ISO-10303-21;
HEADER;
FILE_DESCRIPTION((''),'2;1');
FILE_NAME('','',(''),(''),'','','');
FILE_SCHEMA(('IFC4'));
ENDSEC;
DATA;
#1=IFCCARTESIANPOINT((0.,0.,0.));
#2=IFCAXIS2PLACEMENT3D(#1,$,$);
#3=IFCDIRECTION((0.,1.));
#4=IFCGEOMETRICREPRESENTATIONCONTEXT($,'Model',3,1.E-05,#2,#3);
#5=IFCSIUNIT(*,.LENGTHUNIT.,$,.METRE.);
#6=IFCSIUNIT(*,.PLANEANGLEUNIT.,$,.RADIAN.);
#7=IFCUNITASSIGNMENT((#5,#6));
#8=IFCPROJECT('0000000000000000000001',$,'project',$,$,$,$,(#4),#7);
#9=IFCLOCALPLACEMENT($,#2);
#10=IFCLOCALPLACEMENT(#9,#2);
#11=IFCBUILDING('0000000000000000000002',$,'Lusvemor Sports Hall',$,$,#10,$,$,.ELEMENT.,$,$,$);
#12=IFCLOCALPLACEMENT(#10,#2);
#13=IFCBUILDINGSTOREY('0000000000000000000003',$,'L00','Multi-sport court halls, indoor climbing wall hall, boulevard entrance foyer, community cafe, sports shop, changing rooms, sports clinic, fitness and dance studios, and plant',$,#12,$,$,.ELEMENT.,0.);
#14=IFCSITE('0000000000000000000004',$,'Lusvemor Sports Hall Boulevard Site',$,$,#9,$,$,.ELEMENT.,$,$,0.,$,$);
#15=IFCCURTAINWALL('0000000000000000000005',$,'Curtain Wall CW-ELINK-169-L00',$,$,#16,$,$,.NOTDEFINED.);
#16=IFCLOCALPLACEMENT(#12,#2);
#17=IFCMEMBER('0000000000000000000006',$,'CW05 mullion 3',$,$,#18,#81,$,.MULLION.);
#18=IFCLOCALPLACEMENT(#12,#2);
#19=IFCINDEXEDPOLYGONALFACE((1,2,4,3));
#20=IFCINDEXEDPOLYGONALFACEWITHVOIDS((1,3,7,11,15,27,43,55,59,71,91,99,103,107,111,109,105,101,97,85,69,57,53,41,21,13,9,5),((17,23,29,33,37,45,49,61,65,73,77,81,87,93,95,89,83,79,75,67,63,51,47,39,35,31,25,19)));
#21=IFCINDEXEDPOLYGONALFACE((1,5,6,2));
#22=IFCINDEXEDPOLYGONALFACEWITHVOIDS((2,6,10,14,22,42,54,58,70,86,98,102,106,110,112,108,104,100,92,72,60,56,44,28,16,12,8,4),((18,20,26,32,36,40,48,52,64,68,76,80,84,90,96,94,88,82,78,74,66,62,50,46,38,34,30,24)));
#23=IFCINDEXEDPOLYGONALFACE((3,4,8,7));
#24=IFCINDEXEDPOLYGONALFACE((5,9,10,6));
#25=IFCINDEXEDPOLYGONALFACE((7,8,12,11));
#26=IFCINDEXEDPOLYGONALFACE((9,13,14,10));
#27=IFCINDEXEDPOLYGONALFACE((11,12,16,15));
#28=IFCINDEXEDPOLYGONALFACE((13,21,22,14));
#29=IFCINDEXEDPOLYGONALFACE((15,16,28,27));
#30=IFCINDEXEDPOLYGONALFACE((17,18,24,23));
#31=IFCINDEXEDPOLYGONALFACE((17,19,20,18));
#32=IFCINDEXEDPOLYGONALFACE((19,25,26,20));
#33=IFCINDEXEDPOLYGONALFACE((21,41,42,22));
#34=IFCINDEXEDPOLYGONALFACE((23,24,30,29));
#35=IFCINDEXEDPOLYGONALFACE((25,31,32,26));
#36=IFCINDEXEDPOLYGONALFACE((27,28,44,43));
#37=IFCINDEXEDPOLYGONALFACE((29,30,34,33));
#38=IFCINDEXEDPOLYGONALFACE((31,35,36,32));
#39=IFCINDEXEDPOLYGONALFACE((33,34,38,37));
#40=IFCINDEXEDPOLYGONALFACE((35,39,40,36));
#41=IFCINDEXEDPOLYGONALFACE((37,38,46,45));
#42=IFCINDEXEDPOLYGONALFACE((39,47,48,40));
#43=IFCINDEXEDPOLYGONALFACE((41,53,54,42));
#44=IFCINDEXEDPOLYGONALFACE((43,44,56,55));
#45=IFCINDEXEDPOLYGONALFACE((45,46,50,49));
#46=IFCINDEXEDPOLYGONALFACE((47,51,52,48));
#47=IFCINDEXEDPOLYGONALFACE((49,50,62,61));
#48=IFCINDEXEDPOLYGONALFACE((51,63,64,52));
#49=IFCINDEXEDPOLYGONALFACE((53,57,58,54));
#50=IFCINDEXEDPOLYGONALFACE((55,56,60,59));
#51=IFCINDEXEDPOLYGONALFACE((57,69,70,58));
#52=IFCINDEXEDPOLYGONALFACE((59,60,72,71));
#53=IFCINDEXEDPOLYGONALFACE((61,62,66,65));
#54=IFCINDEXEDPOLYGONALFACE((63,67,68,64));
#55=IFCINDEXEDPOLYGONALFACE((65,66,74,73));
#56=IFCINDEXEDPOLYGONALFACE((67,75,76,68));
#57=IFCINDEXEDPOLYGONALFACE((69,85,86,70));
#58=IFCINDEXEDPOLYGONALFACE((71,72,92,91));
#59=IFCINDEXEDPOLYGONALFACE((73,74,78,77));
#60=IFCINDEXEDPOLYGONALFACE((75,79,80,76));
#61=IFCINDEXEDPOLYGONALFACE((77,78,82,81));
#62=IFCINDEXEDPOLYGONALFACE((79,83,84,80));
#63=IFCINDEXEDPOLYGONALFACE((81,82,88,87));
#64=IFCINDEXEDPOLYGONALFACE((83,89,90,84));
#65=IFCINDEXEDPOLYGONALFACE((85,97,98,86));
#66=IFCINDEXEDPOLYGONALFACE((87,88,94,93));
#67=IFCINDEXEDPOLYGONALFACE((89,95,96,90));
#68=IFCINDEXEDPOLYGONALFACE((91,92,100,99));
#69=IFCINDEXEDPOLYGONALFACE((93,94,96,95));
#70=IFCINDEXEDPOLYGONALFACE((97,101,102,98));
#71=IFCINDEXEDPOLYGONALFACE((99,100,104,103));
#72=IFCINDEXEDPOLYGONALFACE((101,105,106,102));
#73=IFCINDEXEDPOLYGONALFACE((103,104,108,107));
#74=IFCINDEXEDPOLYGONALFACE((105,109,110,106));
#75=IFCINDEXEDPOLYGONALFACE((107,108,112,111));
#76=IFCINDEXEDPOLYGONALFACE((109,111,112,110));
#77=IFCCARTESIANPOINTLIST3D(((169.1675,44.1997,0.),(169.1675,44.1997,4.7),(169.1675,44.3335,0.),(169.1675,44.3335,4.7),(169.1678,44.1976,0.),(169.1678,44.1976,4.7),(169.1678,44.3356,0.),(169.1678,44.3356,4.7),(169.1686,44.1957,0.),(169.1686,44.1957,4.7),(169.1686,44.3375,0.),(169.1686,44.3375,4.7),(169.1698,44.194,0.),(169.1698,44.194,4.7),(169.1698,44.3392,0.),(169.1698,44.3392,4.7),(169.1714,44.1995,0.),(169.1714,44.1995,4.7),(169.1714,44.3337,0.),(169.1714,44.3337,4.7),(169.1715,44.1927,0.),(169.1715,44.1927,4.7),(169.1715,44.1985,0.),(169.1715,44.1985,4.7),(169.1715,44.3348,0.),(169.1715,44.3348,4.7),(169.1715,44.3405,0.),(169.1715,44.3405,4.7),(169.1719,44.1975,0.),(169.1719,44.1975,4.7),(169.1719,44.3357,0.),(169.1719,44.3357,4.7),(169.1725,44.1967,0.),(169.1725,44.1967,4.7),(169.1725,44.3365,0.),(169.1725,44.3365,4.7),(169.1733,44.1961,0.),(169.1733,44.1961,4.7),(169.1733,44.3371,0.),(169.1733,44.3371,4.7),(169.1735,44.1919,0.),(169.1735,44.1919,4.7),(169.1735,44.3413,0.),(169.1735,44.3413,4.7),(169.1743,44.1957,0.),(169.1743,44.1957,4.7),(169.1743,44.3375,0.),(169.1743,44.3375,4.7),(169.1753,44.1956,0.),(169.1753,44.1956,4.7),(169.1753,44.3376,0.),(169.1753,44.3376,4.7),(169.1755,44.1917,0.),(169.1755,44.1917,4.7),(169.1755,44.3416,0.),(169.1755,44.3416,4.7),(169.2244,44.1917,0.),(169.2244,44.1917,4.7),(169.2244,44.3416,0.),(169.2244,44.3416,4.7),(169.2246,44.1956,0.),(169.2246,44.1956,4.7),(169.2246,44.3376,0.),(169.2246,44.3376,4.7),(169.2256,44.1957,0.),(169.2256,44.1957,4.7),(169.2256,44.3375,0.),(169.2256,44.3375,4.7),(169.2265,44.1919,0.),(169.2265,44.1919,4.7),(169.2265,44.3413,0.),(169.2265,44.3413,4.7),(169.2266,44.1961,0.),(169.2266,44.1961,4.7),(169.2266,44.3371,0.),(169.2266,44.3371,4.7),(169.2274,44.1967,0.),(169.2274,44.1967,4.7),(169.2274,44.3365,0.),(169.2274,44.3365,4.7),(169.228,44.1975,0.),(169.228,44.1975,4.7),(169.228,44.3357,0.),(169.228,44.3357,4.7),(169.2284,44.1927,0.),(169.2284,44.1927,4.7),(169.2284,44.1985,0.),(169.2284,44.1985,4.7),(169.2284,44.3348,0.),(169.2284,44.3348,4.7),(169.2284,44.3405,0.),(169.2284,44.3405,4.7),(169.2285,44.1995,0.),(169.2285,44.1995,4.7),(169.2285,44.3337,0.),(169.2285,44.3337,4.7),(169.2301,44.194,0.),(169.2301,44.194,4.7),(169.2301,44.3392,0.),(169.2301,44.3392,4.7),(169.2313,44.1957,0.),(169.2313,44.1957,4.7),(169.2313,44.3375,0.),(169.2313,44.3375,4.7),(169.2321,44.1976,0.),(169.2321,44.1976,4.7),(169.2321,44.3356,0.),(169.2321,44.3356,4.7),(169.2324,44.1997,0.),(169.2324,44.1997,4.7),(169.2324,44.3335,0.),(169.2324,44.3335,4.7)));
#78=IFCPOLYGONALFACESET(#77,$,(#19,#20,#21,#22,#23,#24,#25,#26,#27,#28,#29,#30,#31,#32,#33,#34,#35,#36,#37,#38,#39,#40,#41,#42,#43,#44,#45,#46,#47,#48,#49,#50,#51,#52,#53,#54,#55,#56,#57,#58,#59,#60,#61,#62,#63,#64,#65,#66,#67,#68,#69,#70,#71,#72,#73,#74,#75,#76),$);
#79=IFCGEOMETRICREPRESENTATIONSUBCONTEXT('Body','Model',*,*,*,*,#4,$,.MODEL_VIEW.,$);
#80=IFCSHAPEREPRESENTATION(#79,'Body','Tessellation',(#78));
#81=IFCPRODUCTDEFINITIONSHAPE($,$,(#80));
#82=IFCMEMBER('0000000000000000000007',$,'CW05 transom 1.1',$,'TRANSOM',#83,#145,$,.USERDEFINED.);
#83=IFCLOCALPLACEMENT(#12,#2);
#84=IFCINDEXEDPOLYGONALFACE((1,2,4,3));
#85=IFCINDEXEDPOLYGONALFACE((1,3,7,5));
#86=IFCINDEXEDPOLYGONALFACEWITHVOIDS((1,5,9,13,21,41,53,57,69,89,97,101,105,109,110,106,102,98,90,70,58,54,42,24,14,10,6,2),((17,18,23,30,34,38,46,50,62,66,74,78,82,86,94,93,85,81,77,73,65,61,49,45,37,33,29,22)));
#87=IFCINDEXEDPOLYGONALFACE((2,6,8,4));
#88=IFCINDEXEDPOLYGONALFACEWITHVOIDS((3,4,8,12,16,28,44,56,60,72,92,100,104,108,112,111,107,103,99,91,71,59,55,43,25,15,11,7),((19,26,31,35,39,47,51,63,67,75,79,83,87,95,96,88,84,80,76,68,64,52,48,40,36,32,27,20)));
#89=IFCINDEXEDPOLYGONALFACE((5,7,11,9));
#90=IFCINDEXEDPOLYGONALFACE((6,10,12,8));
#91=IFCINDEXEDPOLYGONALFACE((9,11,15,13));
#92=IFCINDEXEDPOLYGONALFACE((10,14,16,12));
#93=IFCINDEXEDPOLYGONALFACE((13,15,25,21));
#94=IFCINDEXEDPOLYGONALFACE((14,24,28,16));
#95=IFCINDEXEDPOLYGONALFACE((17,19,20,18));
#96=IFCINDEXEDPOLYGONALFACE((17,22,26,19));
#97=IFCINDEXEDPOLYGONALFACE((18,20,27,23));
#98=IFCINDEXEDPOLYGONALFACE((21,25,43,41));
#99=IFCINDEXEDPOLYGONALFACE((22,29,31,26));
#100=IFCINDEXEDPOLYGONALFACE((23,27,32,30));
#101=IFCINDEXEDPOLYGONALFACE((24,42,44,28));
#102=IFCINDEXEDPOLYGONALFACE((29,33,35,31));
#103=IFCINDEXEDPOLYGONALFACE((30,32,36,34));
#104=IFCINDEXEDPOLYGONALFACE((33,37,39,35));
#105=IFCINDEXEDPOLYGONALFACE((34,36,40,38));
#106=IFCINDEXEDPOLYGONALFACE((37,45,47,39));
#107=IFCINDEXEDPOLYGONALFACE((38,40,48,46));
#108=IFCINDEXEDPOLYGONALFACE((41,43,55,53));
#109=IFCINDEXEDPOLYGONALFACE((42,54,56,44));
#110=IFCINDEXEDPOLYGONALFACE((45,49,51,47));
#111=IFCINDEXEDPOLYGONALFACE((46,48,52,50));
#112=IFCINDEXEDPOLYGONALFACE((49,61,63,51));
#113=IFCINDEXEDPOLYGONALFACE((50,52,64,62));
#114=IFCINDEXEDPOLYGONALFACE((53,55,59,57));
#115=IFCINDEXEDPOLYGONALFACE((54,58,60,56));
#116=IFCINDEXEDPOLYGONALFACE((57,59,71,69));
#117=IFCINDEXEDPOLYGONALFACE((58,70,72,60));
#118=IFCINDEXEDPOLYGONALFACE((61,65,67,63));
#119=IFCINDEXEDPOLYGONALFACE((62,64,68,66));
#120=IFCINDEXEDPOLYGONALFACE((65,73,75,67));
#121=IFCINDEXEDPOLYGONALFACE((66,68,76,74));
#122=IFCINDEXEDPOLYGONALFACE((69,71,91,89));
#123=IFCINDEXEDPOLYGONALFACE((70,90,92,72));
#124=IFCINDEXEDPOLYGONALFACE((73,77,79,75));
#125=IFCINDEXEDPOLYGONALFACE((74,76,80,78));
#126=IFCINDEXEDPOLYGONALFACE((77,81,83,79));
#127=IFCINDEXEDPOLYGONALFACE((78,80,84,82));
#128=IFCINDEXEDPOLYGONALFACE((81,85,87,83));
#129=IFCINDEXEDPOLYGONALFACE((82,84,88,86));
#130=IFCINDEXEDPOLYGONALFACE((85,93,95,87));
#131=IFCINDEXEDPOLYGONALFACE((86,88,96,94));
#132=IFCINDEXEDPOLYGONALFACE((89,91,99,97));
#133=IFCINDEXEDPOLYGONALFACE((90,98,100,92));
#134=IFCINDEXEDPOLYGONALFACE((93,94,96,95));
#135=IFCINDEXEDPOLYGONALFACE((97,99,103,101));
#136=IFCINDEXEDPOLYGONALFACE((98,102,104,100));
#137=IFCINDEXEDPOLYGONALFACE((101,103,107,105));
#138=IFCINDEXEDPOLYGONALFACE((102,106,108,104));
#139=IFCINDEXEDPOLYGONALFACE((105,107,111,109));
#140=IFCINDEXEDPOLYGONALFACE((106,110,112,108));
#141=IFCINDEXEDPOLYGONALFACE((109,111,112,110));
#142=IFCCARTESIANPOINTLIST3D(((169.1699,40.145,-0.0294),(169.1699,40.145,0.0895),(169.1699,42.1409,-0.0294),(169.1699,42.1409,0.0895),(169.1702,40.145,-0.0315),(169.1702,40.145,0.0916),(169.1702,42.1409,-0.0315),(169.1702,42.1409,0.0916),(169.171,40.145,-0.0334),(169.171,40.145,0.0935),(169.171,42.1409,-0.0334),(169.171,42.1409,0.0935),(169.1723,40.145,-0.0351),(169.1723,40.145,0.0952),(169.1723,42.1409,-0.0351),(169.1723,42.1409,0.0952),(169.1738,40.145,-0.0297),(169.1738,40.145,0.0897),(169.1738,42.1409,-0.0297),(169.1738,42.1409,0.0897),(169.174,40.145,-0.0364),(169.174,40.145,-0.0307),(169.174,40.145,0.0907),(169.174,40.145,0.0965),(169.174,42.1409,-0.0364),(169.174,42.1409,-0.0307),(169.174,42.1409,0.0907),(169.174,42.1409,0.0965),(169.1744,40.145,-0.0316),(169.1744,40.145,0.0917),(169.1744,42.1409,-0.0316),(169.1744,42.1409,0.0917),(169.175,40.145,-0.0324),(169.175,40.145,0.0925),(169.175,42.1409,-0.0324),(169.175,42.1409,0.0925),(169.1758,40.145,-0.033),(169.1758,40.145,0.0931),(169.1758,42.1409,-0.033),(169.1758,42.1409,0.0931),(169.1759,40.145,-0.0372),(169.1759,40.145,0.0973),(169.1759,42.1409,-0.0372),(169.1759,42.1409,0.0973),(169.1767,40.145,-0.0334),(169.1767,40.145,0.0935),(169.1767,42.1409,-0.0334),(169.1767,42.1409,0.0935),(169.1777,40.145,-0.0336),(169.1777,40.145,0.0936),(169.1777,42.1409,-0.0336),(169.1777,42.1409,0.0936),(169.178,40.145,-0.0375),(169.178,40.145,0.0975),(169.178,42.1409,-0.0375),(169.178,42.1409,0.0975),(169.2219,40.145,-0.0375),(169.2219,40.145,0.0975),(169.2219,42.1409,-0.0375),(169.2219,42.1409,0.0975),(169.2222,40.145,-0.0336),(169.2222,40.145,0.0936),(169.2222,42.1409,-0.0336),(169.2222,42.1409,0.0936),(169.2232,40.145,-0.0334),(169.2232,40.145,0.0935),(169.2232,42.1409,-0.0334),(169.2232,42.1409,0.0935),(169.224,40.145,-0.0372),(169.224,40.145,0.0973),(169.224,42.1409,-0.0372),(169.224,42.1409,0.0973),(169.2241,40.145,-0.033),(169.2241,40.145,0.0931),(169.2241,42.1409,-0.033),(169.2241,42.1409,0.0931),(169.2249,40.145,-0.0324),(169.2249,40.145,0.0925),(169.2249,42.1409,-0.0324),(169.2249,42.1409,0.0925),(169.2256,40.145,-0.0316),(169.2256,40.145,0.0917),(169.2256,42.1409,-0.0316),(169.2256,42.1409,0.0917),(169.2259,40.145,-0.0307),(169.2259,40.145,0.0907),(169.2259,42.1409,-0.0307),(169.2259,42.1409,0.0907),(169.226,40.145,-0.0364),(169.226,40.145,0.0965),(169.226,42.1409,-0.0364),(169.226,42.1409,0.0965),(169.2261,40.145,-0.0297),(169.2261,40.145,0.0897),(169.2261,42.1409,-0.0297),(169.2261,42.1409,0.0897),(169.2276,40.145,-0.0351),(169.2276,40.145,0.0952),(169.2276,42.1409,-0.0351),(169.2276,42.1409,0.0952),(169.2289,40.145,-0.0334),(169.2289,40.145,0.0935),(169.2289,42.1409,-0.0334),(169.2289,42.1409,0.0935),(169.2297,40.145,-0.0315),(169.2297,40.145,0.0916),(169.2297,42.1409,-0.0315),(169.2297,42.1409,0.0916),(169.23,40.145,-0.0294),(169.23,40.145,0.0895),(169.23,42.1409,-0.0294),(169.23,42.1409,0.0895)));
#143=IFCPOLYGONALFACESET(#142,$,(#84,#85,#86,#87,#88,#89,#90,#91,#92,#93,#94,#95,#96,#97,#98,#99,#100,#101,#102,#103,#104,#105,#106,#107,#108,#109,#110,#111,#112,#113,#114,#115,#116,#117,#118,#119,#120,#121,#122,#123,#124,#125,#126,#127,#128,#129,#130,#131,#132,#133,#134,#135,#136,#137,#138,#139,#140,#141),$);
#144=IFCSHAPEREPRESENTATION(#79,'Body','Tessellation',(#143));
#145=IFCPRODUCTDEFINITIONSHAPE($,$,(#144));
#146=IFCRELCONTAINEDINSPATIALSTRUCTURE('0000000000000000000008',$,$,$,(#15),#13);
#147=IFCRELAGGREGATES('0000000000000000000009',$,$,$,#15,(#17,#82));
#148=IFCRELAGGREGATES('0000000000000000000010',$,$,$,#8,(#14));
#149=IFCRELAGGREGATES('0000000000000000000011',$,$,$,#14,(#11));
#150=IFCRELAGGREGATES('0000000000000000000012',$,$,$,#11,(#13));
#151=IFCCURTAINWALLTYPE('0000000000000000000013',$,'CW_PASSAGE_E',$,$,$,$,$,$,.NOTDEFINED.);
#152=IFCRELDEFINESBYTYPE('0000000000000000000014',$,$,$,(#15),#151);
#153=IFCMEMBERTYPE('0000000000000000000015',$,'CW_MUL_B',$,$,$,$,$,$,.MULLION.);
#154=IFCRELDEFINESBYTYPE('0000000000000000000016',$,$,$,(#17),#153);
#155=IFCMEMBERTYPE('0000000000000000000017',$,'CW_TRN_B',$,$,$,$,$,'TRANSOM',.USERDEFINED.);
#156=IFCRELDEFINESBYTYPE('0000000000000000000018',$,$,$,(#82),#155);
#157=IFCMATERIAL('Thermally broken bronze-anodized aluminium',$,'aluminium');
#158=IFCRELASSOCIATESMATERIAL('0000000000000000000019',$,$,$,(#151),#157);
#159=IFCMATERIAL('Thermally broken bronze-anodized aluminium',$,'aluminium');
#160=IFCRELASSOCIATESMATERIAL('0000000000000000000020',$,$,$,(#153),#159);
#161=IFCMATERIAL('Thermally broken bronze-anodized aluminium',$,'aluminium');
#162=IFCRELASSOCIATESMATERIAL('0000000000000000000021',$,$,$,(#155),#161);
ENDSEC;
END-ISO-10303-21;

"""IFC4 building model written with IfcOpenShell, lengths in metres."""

from ifc_helpers import new_model, si_unit, direction, frame, origin, origin_2d, place, context, subcontext, project, spatial, hollow_rectangle, extrude, material, material_profile, profile_set, type_object, element, aggregate, save


model = new_model("IFC4")

# Units and contexts
model_context = context("Model", 3, precision=1e-05, world=origin(), true_north=direction((0.0, 1.0)))
body_context = subcontext(model_context, "Body", "Model", "MODEL_VIEW")
ifc_project = project(units=[si_unit("LENGTHUNIT", "METRE"), si_unit("PLANEANGLEUNIT", "RADIAN")], contexts=[model_context])

# Site, building, storey
site_placement = place(None, origin())
site = spatial("IfcSite", under=ifc_project, at=site_placement, Name="Lusvemor Sports Hall Boulevard Site", CompositionType="ELEMENT", RefElevation=0.0)
building_placement = place(site_placement, origin())
building = spatial("IfcBuilding", under=site, at=building_placement, Name="Lusvemor Sports Hall", CompositionType="ELEMENT")
storey_placement = place(building_placement, origin())
storey = spatial("IfcBuildingStorey", under=building, at=storey_placement, Name="L00", Description="Multi-sport court halls, indoor climbing wall hall, boulevard entrance foyer, community cafe, sports shop, changing rooms, sports clinic, fitness and dance studios, and plant", CompositionType="ELEMENT", Elevation=0.0)

# Curtain wall, members
ifc_material_1 = material(Name="Thermally broken bronze-anodized aluminium", Category="aluminium")
curtain_wall_type = type_object("IfcCurtainWallType", Name="CW_PASSAGE_E", PredefinedType="NOTDEFINED", material=ifc_material_1)
curtain_wall_placement = place(storey_placement, origin())
curtain_wall = element("IfcCurtainWall", 1, at=curtain_wall_placement, inside=storey, type_object=curtain_wall_type, Name="Curtain Wall CW-ELINK-169-L00", PredefinedType="NOTDEFINED")
ifc_material_2 = material(Name="Thermally broken bronze-anodized aluminium", Category="aluminium")
ifc_material_profile_1 = material_profile(ifc_material_2, hollow_rectangle(XDim=0.0649, YDim=0.1499, WallThickness=0.0039, InnerFilletRadius=0.0039, OuterFilletRadius=0.0081, at=origin_2d()), Name="CWMUL150x65x4")
ifc_profile_set_1 = profile_set([ifc_material_profile_1], Name="Thermally broken bronze-anodized aluminium")
member_type_1 = type_object("IfcMemberType", Name="CW_MUL_B", PredefinedType="MULLION", material=ifc_profile_set_1)
member_1_placement = place(storey_placement, frame((169.2, 44.2666, 0.0), z_axis=(0.0, 0.0, 1.0), x_axis=(-1.0, 0.0, 0.0)))
member_1 = element("IfcMember", 2, at=member_1_placement, type_object=member_type_1, Name="CW05 mullion 3", PredefinedType="MULLION", context=body_context, shape_type="SweptSolid", body=[
    extrude(hollow_rectangle(XDim=0.0649, YDim=0.1499, WallThickness=0.0039, InnerFilletRadius=0.0039, OuterFilletRadius=0.0081, at=origin_2d()), origin(), (0.0, 0.0, 1.0), 4.7),
])
ifc_material_3 = material(Name="Thermally broken bronze-anodized aluminium", Category="aluminium")
ifc_material_profile_2 = material_profile(ifc_material_3, hollow_rectangle(XDim=0.0601, YDim=0.135, WallThickness=0.0039, InnerFilletRadius=0.0039, OuterFilletRadius=0.0081, at=origin_2d()), Name="CWTRN135x60x4")
ifc_profile_set_2 = profile_set([ifc_material_profile_2], Name="Thermally broken bronze-anodized aluminium")
member_type_2 = type_object("IfcMemberType", Name="CW_TRN_B", ElementType="TRANSOM", PredefinedType="USERDEFINED", material=ifc_profile_set_2)
member_2_placement = place(storey_placement, frame((169.2, 40.145, 0.03), z_axis=(0.0, 1.0, 0.0), x_axis=(-1.0, 0.0, 0.0)))
member_2 = element("IfcMember", 3, at=member_2_placement, type_object=member_type_2, Name="CW05 transom 1.1", ObjectType="TRANSOM", PredefinedType="USERDEFINED", context=body_context, shape_type="SweptSolid", body=[
    extrude(hollow_rectangle(XDim=0.0601, YDim=0.135, WallThickness=0.0039, InnerFilletRadius=0.0039, OuterFilletRadius=0.0081, at=origin_2d()), origin(), (0.0, 0.0, 1.0), 1.9958),
])
aggregate(curtain_wall, [member_1, member_2])

save(model, "model.ifc")
